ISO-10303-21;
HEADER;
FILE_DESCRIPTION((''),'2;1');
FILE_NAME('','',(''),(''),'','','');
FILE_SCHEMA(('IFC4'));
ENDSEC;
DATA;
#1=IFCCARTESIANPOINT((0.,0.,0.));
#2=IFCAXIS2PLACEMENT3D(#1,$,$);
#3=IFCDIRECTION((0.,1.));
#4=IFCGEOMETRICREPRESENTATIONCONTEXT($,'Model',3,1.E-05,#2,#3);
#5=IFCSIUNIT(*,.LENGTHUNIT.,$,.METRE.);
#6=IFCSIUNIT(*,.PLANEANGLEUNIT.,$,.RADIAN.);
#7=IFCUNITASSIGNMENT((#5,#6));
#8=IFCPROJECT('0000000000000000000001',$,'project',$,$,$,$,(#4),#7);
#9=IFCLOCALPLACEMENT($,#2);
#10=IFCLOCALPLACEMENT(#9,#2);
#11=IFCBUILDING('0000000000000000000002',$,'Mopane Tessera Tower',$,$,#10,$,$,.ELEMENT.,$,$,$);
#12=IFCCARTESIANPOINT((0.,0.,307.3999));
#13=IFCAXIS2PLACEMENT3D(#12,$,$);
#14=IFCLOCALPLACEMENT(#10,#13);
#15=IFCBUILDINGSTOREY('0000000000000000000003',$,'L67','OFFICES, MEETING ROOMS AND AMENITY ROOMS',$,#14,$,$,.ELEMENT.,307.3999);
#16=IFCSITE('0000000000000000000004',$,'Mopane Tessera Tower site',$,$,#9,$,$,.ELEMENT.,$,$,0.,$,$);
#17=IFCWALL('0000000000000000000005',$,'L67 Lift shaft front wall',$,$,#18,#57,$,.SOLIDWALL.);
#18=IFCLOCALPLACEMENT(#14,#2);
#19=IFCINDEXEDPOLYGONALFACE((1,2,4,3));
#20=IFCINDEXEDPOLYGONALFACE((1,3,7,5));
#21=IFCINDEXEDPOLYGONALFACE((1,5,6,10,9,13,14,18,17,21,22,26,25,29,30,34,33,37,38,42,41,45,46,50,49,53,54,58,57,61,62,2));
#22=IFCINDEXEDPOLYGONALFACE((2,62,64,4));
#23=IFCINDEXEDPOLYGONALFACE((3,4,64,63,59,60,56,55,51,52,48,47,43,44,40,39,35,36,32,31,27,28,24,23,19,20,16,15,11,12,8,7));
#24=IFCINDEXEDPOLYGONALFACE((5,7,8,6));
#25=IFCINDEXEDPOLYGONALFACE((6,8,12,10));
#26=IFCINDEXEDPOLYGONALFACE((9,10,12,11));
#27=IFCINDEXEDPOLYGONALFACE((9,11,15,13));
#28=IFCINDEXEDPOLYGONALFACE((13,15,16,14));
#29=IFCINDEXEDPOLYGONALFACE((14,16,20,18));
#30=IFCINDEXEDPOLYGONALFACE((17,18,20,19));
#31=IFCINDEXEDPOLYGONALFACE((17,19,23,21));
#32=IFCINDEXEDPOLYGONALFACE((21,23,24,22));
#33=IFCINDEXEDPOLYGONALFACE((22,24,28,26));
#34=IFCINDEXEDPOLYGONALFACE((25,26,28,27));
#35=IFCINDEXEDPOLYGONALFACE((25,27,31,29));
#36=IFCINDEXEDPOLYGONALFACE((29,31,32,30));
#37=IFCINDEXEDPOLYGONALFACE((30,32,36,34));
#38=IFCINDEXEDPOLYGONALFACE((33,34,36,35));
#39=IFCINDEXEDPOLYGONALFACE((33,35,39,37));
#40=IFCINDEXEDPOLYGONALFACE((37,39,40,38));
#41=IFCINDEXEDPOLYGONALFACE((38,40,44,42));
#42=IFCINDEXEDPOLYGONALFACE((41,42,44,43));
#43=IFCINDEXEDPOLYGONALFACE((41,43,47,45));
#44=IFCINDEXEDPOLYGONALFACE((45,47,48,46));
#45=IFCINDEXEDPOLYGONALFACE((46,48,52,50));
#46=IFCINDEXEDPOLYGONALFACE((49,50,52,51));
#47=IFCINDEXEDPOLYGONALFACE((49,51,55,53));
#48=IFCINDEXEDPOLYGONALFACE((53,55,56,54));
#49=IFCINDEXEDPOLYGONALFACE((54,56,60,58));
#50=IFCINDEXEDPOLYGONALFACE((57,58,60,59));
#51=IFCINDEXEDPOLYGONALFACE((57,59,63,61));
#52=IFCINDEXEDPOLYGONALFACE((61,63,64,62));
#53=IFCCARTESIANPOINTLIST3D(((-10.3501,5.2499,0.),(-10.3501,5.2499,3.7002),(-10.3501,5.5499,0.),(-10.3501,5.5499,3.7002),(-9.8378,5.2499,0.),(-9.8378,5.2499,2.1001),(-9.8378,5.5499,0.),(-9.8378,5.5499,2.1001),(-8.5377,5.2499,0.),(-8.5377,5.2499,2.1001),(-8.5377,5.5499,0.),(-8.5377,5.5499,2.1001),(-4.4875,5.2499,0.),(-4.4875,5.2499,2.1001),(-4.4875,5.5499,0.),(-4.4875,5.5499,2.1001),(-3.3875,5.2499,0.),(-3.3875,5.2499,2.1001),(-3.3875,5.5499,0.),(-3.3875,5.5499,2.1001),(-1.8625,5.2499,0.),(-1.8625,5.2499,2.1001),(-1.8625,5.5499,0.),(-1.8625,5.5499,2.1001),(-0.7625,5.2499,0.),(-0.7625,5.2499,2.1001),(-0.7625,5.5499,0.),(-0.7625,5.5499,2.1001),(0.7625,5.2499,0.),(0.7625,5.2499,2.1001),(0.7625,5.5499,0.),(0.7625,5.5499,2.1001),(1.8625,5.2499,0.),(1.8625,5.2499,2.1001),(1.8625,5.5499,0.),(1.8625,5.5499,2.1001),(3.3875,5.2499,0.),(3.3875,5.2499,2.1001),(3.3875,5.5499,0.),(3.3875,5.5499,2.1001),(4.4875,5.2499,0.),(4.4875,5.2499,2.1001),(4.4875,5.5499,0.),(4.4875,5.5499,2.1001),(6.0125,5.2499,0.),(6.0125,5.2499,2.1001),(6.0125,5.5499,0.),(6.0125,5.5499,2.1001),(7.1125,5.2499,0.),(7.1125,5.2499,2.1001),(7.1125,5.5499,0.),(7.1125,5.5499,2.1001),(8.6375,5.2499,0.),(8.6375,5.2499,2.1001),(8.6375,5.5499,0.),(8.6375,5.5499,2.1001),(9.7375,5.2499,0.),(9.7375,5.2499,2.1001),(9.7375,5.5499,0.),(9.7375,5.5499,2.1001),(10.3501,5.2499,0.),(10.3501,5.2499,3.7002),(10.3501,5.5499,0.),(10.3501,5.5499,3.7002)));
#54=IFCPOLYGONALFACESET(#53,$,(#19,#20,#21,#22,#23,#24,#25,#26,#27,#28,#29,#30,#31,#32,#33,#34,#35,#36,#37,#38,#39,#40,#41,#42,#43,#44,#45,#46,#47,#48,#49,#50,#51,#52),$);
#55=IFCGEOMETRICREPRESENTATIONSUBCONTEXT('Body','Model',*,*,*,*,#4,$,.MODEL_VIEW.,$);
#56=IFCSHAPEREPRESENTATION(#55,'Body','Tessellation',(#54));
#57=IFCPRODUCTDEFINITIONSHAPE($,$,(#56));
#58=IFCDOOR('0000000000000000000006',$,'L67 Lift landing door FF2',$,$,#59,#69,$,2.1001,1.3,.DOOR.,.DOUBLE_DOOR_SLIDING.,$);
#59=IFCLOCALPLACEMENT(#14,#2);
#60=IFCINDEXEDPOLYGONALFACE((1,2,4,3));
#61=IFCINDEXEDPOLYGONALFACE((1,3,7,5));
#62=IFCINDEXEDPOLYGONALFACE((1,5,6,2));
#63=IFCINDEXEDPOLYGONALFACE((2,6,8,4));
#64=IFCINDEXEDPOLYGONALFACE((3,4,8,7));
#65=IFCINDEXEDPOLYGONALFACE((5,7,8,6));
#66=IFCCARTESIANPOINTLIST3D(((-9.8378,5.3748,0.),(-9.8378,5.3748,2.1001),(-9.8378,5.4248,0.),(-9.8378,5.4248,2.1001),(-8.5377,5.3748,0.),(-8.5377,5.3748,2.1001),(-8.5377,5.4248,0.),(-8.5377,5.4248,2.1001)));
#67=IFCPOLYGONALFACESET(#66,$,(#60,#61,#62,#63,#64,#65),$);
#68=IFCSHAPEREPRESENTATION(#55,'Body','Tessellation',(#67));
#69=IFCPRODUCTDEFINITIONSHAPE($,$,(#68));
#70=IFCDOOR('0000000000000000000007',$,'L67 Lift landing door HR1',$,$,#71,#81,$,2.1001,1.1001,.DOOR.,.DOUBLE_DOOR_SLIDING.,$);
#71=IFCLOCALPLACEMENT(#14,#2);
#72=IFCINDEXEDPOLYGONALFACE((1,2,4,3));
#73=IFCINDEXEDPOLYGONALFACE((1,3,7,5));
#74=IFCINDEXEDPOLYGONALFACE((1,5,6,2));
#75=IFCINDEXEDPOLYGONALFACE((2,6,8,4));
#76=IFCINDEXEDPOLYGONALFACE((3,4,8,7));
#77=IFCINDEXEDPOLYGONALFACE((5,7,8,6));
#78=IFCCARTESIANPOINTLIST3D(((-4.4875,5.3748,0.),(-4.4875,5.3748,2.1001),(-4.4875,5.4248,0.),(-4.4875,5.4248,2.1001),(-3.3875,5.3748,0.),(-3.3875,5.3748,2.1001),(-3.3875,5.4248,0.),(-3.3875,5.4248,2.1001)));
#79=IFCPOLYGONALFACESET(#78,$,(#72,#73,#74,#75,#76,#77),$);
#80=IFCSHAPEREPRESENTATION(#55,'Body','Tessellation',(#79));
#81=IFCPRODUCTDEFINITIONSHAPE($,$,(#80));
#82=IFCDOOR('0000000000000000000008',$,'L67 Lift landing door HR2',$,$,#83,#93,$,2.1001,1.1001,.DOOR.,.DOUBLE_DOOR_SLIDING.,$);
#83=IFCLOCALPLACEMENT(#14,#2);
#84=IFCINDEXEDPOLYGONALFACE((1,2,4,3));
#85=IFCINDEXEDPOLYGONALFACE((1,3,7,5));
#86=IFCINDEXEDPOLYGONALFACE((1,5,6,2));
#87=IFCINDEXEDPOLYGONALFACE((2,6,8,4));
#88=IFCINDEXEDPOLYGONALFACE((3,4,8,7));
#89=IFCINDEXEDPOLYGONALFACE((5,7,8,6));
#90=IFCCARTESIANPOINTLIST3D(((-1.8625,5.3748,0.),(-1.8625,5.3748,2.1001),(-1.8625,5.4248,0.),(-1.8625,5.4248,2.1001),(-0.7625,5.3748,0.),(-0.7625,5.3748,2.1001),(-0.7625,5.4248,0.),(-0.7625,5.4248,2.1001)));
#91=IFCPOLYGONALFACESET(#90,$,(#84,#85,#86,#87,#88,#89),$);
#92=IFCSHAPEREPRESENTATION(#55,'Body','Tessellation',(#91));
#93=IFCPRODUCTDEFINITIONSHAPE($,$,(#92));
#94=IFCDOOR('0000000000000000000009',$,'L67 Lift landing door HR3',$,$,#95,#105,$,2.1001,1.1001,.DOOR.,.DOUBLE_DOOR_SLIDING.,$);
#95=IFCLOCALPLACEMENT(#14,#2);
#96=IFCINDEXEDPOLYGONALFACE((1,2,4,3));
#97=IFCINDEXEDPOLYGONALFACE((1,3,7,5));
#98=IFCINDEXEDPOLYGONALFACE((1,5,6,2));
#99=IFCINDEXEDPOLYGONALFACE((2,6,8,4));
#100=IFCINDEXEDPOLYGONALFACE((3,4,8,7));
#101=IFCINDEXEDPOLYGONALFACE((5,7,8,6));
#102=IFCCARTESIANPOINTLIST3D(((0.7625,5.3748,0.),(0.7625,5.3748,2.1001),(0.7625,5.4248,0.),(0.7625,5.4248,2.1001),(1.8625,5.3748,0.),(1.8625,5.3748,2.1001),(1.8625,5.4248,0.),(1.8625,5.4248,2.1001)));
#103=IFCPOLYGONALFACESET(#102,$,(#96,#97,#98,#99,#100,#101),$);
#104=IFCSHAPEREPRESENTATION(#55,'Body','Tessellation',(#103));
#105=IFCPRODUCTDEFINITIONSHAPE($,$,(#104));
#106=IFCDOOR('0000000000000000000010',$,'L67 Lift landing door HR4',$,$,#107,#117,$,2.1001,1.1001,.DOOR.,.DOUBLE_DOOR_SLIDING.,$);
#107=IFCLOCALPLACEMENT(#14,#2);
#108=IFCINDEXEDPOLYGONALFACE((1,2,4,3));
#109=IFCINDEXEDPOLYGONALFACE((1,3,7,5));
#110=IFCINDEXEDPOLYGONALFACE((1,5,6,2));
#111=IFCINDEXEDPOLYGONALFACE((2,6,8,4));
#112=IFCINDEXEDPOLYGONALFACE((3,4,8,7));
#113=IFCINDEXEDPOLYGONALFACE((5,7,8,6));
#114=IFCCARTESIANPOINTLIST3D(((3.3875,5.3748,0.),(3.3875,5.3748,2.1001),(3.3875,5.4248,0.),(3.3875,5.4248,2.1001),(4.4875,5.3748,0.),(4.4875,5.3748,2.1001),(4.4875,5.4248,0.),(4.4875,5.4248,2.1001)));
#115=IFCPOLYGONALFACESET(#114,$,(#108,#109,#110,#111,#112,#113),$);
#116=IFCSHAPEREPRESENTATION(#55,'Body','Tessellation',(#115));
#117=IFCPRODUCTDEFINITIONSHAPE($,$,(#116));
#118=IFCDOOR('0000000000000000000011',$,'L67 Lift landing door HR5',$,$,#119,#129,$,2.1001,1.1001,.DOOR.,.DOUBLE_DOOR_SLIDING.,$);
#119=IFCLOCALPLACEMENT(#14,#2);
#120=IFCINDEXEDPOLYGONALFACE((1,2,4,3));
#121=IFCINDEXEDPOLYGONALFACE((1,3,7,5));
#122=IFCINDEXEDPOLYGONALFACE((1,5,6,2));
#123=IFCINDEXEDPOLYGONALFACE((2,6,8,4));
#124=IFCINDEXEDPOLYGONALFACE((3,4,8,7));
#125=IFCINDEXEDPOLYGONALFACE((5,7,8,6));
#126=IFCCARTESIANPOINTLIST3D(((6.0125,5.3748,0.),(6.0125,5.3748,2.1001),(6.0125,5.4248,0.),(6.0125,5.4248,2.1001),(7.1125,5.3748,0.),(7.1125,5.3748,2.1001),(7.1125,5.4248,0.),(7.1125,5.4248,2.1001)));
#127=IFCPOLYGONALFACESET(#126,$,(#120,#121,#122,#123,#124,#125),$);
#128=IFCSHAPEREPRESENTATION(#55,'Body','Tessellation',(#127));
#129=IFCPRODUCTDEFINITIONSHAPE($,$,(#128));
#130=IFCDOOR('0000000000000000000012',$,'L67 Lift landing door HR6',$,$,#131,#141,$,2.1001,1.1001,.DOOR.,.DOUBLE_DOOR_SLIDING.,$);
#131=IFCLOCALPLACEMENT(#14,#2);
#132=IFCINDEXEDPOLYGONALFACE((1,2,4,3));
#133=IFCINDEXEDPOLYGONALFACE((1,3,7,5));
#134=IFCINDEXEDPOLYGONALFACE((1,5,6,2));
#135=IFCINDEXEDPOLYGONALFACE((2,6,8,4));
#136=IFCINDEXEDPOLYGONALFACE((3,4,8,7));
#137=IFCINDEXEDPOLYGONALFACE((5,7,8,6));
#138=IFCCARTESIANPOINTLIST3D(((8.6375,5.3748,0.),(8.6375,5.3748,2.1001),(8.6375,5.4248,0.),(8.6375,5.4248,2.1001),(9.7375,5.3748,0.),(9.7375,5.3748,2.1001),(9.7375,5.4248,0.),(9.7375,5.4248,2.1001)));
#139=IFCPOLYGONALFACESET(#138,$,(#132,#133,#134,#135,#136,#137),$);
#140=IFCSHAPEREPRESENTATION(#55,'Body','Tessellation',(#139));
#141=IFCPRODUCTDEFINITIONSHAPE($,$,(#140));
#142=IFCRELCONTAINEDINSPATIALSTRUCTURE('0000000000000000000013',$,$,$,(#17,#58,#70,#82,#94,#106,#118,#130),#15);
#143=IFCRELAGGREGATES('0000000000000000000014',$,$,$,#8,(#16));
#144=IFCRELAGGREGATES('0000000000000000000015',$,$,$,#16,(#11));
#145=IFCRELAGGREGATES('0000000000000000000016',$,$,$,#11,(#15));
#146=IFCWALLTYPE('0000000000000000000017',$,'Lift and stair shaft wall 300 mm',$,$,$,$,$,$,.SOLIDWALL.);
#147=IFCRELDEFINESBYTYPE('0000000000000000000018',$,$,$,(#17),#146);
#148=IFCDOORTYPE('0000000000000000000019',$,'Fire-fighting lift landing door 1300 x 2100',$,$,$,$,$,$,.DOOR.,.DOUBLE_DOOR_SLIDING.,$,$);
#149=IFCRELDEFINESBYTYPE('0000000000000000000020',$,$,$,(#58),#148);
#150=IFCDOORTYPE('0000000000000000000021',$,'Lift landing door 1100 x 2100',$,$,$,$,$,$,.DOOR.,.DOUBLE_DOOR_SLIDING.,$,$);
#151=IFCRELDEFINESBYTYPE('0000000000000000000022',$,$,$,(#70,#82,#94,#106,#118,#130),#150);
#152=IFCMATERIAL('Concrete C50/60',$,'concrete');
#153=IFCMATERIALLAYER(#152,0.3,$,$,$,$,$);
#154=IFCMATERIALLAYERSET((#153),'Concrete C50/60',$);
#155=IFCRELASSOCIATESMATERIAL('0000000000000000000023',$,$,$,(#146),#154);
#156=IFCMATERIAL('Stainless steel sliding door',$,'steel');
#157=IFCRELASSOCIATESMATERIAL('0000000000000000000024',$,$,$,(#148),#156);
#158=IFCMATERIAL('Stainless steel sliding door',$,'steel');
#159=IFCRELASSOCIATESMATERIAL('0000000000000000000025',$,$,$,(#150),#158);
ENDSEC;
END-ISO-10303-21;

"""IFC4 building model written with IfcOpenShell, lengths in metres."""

from ifc_helpers import new_model, si_unit, direction, frame, frame_2d, origin, place, context, subcontext, project, spatial, rectangle, extrude, material, layer, layer_set, type_object, element, fill, save


model = new_model("IFC4")

# Units and contexts
model_context = context("Model", 3, precision=1e-05, world=origin(), true_north=direction((0.0, 1.0)))
body_context = subcontext(model_context, "Body", "Model", "MODEL_VIEW")
ifc_project = project(units=[si_unit("LENGTHUNIT", "METRE"), si_unit("PLANEANGLEUNIT", "RADIAN")], contexts=[model_context])

# Site, building, storey
site_placement = place(None, origin())
site = spatial("IfcSite", under=ifc_project, at=site_placement, Name="Mopane Tessera Tower site", CompositionType="ELEMENT", RefElevation=0.0)
building_placement = place(site_placement, origin())
building = spatial("IfcBuilding", under=site, at=building_placement, Name="Mopane Tessera Tower", CompositionType="ELEMENT")
storey_placement = place(building_placement, frame((0.0, 0.0, 307.3999)))
storey = spatial("IfcBuildingStorey", under=building, at=storey_placement, Name="L67", Description="OFFICES, MEETING ROOMS AND AMENITY ROOMS", CompositionType="ELEMENT", Elevation=307.3999)

# Shared definitions
ifc_material_1 = material(Name="Concrete C50/60", Category="concrete")
ifc_layer_1 = layer(ifc_material_1, 0.3)
ifc_layer_set_1 = layer_set([ifc_layer_1], Name="Concrete C50/60")
wall_type_1 = type_object("IfcWallType", Name="Lift and stair shaft wall 300 mm", PredefinedType="SOLIDWALL", material=ifc_layer_set_1)

# Wall, openings, doors
ifc_material_2 = material(Name="Stainless steel sliding door", Category="steel")
door_type_1 = type_object("IfcDoorType", Name="Fire-fighting lift landing door 1300 x 2100", OperationType="DOUBLE_DOOR_SLIDING", PredefinedType="DOOR", material=ifc_material_2)
wall_1_placement = place(storey_placement, frame((-10.3501, 5.3999, 0.0), z_axis=(0.0, 0.0, 1.0), x_axis=(1.0, 0.0, 0.0)))
wall_1 = element("IfcWall", 1, at=wall_1_placement, inside=storey, type_object=wall_type_1, Name="L67 Lift shaft front wall", PredefinedType="SOLIDWALL", context=body_context, shape_type="SweptSolid", body=[
    extrude(rectangle(XDim=20.7002, YDim=0.3, at=frame_2d((10.3501, 0.0))), origin(), (0.0, 0.0, 1.0), 3.7002),
])
opening_1_placement = place(wall_1_placement, frame((0.5125, 0.0, 0.0)))
opening_1 = element("IfcOpeningElement", 2, at=opening_1_placement, cuts=wall_1, PredefinedType="OPENING", context=body_context, shape_type="SweptSolid", body=[
    extrude(rectangle(XDim=1.3, YDim=2.1001, at=frame_2d((0.6499, 1.05))), frame((0.0, 0.1621, 0.0), z_axis=(0.0, -1.0, 0.0), x_axis=(1.0, 0.0, 0.0)), (0.0, 0.0, 1.0), 0.324),
])
opening_2_placement = place(wall_1_placement, frame((5.8625, 0.0, 0.0)))
opening_2 = element("IfcOpeningElement", 3, at=opening_2_placement, cuts=wall_1, PredefinedType="OPENING", context=body_context, shape_type="SweptSolid", body=[
    extrude(rectangle(XDim=1.1001, YDim=2.1001, at=frame_2d((0.55, 1.05))), frame((0.0, 0.1621, 0.0), z_axis=(0.0, -1.0, 0.0), x_axis=(1.0, 0.0, 0.0)), (0.0, 0.0, 1.0), 0.324),
])
opening_3_placement = place(wall_1_placement, frame((8.4875, 0.0, 0.0)))
opening_3 = element("IfcOpeningElement", 4, at=opening_3_placement, cuts=wall_1, PredefinedType="OPENING", context=body_context, shape_type="SweptSolid", body=[
    extrude(rectangle(XDim=1.1001, YDim=2.1001, at=frame_2d((0.55, 1.05))), frame((0.0, 0.1621, 0.0), z_axis=(0.0, -1.0, 0.0), x_axis=(1.0, 0.0, 0.0)), (0.0, 0.0, 1.0), 0.324),
])
opening_4_placement = place(wall_1_placement, frame((11.1125, 0.0, 0.0)))
opening_4 = element("IfcOpeningElement", 5, at=opening_4_placement, cuts=wall_1, PredefinedType="OPENING", context=body_context, shape_type="SweptSolid", body=[
    extrude(rectangle(XDim=1.1001, YDim=2.1001, at=frame_2d((0.55, 1.05))), frame((0.0, 0.1621, 0.0), z_axis=(0.0, -1.0, 0.0), x_axis=(1.0, 0.0, 0.0)), (0.0, 0.0, 1.0), 0.324),
])
opening_5_placement = place(wall_1_placement, frame((13.7375, 0.0, 0.0)))
opening_5 = element("IfcOpeningElement", 6, at=opening_5_placement, cuts=wall_1, PredefinedType="OPENING", context=body_context, shape_type="SweptSolid", body=[
    extrude(rectangle(XDim=1.1001, YDim=2.1001, at=frame_2d((0.55, 1.05))), frame((0.0, 0.1621, 0.0), z_axis=(0.0, -1.0, 0.0), x_axis=(1.0, 0.0, 0.0)), (0.0, 0.0, 1.0), 0.324),
])
opening_6_placement = place(wall_1_placement, frame((16.3625, 0.0, 0.0)))
opening_6 = element("IfcOpeningElement", 7, at=opening_6_placement, cuts=wall_1, PredefinedType="OPENING", context=body_context, shape_type="SweptSolid", body=[
    extrude(rectangle(XDim=1.1001, YDim=2.1001, at=frame_2d((0.55, 1.05))), frame((0.0, 0.1621, 0.0), z_axis=(0.0, -1.0, 0.0), x_axis=(1.0, 0.0, 0.0)), (0.0, 0.0, 1.0), 0.324),
])
opening_7_placement = place(wall_1_placement, frame((18.9875, 0.0, 0.0)))
opening_7 = element("IfcOpeningElement", 8, at=opening_7_placement, cuts=wall_1, PredefinedType="OPENING", context=body_context, shape_type="SweptSolid", body=[
    extrude(rectangle(XDim=1.1001, YDim=2.1001, at=frame_2d((0.55, 1.05))), frame((0.0, 0.1621, 0.0), z_axis=(0.0, -1.0, 0.0), x_axis=(1.0, 0.0, 0.0)), (0.0, 0.0, 1.0), 0.324),
])
door_1_placement = place(opening_1_placement, origin())
door_1 = element("IfcDoor", 9, at=door_1_placement, inside=storey, type_object=door_type_1, Name="L67 Lift landing door FF2", OperationType="DOUBLE_DOOR_SLIDING", OverallHeight=2.1001, OverallWidth=1.3, PredefinedType="DOOR", context=body_context, shape_type="SweptSolid", body=[
    extrude(rectangle(XDim=1.3, YDim=2.1001, at=frame_2d((0.6499, 1.05))), frame((0.0, 0.0249, 0.0), z_axis=(0.0, -1.0, 0.0), x_axis=(1.0, 0.0, 0.0)), (0.0, 0.0, 1.0), 0.05),
])
fill(opening_1, door_1)
ifc_material_3 = material(Name="Stainless steel sliding door", Category="steel")
door_type_2 = type_object("IfcDoorType", Name="Lift landing door 1100 x 2100", OperationType="DOUBLE_DOOR_SLIDING", PredefinedType="DOOR", material=ifc_material_3)
door_2_placement = place(opening_2_placement, origin())
door_2 = element("IfcDoor", 10, at=door_2_placement, inside=storey, type_object=door_type_2, Name="L67 Lift landing door HR1", OperationType="DOUBLE_DOOR_SLIDING", OverallHeight=2.1001, OverallWidth=1.1001, PredefinedType="DOOR", context=body_context, shape_type="SweptSolid", body=[
    extrude(rectangle(XDim=1.1001, YDim=2.1001, at=frame_2d((0.55, 1.05))), frame((0.0, 0.0249, 0.0), z_axis=(0.0, -1.0, 0.0), x_axis=(1.0, 0.0, 0.0)), (0.0, 0.0, 1.0), 0.05),
])
fill(opening_2, door_2)
door_3_placement = place(opening_3_placement, origin())
door_3 = element("IfcDoor", 11, at=door_3_placement, inside=storey, type_object=door_type_2, Name="L67 Lift landing door HR2", OperationType="DOUBLE_DOOR_SLIDING", OverallHeight=2.1001, OverallWidth=1.1001, PredefinedType="DOOR", context=body_context, shape_type="SweptSolid", body=[
    extrude(rectangle(XDim=1.1001, YDim=2.1001, at=frame_2d((0.55, 1.05))), frame((0.0, 0.0249, 0.0), z_axis=(0.0, -1.0, 0.0), x_axis=(1.0, 0.0, 0.0)), (0.0, 0.0, 1.0), 0.05),
])
fill(opening_3, door_3)
door_4_placement = place(opening_4_placement, origin())
door_4 = element("IfcDoor", 12, at=door_4_placement, inside=storey, type_object=door_type_2, Name="L67 Lift landing door HR3", OperationType="DOUBLE_DOOR_SLIDING", OverallHeight=2.1001, OverallWidth=1.1001, PredefinedType="DOOR", context=body_context, shape_type="SweptSolid", body=[
    extrude(rectangle(XDim=1.1001, YDim=2.1001, at=frame_2d((0.55, 1.05))), frame((0.0, 0.0249, 0.0), z_axis=(0.0, -1.0, 0.0), x_axis=(1.0, 0.0, 0.0)), (0.0, 0.0, 1.0), 0.05),
])
fill(opening_4, door_4)
door_5_placement = place(opening_5_placement, origin())
door_5 = element("IfcDoor", 13, at=door_5_placement, inside=storey, type_object=door_type_2, Name="L67 Lift landing door HR4", OperationType="DOUBLE_DOOR_SLIDING", OverallHeight=2.1001, OverallWidth=1.1001, PredefinedType="DOOR", context=body_context, shape_type="SweptSolid", body=[
    extrude(rectangle(XDim=1.1001, YDim=2.1001, at=frame_2d((0.55, 1.05))), frame((0.0, 0.0249, 0.0), z_axis=(0.0, -1.0, 0.0), x_axis=(1.0, 0.0, 0.0)), (0.0, 0.0, 1.0), 0.05),
])
fill(opening_5, door_5)
door_6_placement = place(opening_6_placement, origin())
door_6 = element("IfcDoor", 14, at=door_6_placement, inside=storey, type_object=door_type_2, Name="L67 Lift landing door HR5", OperationType="DOUBLE_DOOR_SLIDING", OverallHeight=2.1001, OverallWidth=1.1001, PredefinedType="DOOR", context=body_context, shape_type="SweptSolid", body=[
    extrude(rectangle(XDim=1.1001, YDim=2.1001, at=frame_2d((0.55, 1.05))), frame((0.0, 0.0249, 0.0), z_axis=(0.0, -1.0, 0.0), x_axis=(1.0, 0.0, 0.0)), (0.0, 0.0, 1.0), 0.05),
])
fill(opening_6, door_6)
door_7_placement = place(opening_7_placement, origin())
door_7 = element("IfcDoor", 15, at=door_7_placement, inside=storey, type_object=door_type_2, Name="L67 Lift landing door HR6", OperationType="DOUBLE_DOOR_SLIDING", OverallHeight=2.1001, OverallWidth=1.1001, PredefinedType="DOOR", context=body_context, shape_type="SweptSolid", body=[
    extrude(rectangle(XDim=1.1001, YDim=2.1001, at=frame_2d((0.55, 1.05))), frame((0.0, 0.0249, 0.0), z_axis=(0.0, -1.0, 0.0), x_axis=(1.0, 0.0, 0.0)), (0.0, 0.0, 1.0), 0.05),
])
fill(opening_7, door_7)

save(model, "model.ifc")
